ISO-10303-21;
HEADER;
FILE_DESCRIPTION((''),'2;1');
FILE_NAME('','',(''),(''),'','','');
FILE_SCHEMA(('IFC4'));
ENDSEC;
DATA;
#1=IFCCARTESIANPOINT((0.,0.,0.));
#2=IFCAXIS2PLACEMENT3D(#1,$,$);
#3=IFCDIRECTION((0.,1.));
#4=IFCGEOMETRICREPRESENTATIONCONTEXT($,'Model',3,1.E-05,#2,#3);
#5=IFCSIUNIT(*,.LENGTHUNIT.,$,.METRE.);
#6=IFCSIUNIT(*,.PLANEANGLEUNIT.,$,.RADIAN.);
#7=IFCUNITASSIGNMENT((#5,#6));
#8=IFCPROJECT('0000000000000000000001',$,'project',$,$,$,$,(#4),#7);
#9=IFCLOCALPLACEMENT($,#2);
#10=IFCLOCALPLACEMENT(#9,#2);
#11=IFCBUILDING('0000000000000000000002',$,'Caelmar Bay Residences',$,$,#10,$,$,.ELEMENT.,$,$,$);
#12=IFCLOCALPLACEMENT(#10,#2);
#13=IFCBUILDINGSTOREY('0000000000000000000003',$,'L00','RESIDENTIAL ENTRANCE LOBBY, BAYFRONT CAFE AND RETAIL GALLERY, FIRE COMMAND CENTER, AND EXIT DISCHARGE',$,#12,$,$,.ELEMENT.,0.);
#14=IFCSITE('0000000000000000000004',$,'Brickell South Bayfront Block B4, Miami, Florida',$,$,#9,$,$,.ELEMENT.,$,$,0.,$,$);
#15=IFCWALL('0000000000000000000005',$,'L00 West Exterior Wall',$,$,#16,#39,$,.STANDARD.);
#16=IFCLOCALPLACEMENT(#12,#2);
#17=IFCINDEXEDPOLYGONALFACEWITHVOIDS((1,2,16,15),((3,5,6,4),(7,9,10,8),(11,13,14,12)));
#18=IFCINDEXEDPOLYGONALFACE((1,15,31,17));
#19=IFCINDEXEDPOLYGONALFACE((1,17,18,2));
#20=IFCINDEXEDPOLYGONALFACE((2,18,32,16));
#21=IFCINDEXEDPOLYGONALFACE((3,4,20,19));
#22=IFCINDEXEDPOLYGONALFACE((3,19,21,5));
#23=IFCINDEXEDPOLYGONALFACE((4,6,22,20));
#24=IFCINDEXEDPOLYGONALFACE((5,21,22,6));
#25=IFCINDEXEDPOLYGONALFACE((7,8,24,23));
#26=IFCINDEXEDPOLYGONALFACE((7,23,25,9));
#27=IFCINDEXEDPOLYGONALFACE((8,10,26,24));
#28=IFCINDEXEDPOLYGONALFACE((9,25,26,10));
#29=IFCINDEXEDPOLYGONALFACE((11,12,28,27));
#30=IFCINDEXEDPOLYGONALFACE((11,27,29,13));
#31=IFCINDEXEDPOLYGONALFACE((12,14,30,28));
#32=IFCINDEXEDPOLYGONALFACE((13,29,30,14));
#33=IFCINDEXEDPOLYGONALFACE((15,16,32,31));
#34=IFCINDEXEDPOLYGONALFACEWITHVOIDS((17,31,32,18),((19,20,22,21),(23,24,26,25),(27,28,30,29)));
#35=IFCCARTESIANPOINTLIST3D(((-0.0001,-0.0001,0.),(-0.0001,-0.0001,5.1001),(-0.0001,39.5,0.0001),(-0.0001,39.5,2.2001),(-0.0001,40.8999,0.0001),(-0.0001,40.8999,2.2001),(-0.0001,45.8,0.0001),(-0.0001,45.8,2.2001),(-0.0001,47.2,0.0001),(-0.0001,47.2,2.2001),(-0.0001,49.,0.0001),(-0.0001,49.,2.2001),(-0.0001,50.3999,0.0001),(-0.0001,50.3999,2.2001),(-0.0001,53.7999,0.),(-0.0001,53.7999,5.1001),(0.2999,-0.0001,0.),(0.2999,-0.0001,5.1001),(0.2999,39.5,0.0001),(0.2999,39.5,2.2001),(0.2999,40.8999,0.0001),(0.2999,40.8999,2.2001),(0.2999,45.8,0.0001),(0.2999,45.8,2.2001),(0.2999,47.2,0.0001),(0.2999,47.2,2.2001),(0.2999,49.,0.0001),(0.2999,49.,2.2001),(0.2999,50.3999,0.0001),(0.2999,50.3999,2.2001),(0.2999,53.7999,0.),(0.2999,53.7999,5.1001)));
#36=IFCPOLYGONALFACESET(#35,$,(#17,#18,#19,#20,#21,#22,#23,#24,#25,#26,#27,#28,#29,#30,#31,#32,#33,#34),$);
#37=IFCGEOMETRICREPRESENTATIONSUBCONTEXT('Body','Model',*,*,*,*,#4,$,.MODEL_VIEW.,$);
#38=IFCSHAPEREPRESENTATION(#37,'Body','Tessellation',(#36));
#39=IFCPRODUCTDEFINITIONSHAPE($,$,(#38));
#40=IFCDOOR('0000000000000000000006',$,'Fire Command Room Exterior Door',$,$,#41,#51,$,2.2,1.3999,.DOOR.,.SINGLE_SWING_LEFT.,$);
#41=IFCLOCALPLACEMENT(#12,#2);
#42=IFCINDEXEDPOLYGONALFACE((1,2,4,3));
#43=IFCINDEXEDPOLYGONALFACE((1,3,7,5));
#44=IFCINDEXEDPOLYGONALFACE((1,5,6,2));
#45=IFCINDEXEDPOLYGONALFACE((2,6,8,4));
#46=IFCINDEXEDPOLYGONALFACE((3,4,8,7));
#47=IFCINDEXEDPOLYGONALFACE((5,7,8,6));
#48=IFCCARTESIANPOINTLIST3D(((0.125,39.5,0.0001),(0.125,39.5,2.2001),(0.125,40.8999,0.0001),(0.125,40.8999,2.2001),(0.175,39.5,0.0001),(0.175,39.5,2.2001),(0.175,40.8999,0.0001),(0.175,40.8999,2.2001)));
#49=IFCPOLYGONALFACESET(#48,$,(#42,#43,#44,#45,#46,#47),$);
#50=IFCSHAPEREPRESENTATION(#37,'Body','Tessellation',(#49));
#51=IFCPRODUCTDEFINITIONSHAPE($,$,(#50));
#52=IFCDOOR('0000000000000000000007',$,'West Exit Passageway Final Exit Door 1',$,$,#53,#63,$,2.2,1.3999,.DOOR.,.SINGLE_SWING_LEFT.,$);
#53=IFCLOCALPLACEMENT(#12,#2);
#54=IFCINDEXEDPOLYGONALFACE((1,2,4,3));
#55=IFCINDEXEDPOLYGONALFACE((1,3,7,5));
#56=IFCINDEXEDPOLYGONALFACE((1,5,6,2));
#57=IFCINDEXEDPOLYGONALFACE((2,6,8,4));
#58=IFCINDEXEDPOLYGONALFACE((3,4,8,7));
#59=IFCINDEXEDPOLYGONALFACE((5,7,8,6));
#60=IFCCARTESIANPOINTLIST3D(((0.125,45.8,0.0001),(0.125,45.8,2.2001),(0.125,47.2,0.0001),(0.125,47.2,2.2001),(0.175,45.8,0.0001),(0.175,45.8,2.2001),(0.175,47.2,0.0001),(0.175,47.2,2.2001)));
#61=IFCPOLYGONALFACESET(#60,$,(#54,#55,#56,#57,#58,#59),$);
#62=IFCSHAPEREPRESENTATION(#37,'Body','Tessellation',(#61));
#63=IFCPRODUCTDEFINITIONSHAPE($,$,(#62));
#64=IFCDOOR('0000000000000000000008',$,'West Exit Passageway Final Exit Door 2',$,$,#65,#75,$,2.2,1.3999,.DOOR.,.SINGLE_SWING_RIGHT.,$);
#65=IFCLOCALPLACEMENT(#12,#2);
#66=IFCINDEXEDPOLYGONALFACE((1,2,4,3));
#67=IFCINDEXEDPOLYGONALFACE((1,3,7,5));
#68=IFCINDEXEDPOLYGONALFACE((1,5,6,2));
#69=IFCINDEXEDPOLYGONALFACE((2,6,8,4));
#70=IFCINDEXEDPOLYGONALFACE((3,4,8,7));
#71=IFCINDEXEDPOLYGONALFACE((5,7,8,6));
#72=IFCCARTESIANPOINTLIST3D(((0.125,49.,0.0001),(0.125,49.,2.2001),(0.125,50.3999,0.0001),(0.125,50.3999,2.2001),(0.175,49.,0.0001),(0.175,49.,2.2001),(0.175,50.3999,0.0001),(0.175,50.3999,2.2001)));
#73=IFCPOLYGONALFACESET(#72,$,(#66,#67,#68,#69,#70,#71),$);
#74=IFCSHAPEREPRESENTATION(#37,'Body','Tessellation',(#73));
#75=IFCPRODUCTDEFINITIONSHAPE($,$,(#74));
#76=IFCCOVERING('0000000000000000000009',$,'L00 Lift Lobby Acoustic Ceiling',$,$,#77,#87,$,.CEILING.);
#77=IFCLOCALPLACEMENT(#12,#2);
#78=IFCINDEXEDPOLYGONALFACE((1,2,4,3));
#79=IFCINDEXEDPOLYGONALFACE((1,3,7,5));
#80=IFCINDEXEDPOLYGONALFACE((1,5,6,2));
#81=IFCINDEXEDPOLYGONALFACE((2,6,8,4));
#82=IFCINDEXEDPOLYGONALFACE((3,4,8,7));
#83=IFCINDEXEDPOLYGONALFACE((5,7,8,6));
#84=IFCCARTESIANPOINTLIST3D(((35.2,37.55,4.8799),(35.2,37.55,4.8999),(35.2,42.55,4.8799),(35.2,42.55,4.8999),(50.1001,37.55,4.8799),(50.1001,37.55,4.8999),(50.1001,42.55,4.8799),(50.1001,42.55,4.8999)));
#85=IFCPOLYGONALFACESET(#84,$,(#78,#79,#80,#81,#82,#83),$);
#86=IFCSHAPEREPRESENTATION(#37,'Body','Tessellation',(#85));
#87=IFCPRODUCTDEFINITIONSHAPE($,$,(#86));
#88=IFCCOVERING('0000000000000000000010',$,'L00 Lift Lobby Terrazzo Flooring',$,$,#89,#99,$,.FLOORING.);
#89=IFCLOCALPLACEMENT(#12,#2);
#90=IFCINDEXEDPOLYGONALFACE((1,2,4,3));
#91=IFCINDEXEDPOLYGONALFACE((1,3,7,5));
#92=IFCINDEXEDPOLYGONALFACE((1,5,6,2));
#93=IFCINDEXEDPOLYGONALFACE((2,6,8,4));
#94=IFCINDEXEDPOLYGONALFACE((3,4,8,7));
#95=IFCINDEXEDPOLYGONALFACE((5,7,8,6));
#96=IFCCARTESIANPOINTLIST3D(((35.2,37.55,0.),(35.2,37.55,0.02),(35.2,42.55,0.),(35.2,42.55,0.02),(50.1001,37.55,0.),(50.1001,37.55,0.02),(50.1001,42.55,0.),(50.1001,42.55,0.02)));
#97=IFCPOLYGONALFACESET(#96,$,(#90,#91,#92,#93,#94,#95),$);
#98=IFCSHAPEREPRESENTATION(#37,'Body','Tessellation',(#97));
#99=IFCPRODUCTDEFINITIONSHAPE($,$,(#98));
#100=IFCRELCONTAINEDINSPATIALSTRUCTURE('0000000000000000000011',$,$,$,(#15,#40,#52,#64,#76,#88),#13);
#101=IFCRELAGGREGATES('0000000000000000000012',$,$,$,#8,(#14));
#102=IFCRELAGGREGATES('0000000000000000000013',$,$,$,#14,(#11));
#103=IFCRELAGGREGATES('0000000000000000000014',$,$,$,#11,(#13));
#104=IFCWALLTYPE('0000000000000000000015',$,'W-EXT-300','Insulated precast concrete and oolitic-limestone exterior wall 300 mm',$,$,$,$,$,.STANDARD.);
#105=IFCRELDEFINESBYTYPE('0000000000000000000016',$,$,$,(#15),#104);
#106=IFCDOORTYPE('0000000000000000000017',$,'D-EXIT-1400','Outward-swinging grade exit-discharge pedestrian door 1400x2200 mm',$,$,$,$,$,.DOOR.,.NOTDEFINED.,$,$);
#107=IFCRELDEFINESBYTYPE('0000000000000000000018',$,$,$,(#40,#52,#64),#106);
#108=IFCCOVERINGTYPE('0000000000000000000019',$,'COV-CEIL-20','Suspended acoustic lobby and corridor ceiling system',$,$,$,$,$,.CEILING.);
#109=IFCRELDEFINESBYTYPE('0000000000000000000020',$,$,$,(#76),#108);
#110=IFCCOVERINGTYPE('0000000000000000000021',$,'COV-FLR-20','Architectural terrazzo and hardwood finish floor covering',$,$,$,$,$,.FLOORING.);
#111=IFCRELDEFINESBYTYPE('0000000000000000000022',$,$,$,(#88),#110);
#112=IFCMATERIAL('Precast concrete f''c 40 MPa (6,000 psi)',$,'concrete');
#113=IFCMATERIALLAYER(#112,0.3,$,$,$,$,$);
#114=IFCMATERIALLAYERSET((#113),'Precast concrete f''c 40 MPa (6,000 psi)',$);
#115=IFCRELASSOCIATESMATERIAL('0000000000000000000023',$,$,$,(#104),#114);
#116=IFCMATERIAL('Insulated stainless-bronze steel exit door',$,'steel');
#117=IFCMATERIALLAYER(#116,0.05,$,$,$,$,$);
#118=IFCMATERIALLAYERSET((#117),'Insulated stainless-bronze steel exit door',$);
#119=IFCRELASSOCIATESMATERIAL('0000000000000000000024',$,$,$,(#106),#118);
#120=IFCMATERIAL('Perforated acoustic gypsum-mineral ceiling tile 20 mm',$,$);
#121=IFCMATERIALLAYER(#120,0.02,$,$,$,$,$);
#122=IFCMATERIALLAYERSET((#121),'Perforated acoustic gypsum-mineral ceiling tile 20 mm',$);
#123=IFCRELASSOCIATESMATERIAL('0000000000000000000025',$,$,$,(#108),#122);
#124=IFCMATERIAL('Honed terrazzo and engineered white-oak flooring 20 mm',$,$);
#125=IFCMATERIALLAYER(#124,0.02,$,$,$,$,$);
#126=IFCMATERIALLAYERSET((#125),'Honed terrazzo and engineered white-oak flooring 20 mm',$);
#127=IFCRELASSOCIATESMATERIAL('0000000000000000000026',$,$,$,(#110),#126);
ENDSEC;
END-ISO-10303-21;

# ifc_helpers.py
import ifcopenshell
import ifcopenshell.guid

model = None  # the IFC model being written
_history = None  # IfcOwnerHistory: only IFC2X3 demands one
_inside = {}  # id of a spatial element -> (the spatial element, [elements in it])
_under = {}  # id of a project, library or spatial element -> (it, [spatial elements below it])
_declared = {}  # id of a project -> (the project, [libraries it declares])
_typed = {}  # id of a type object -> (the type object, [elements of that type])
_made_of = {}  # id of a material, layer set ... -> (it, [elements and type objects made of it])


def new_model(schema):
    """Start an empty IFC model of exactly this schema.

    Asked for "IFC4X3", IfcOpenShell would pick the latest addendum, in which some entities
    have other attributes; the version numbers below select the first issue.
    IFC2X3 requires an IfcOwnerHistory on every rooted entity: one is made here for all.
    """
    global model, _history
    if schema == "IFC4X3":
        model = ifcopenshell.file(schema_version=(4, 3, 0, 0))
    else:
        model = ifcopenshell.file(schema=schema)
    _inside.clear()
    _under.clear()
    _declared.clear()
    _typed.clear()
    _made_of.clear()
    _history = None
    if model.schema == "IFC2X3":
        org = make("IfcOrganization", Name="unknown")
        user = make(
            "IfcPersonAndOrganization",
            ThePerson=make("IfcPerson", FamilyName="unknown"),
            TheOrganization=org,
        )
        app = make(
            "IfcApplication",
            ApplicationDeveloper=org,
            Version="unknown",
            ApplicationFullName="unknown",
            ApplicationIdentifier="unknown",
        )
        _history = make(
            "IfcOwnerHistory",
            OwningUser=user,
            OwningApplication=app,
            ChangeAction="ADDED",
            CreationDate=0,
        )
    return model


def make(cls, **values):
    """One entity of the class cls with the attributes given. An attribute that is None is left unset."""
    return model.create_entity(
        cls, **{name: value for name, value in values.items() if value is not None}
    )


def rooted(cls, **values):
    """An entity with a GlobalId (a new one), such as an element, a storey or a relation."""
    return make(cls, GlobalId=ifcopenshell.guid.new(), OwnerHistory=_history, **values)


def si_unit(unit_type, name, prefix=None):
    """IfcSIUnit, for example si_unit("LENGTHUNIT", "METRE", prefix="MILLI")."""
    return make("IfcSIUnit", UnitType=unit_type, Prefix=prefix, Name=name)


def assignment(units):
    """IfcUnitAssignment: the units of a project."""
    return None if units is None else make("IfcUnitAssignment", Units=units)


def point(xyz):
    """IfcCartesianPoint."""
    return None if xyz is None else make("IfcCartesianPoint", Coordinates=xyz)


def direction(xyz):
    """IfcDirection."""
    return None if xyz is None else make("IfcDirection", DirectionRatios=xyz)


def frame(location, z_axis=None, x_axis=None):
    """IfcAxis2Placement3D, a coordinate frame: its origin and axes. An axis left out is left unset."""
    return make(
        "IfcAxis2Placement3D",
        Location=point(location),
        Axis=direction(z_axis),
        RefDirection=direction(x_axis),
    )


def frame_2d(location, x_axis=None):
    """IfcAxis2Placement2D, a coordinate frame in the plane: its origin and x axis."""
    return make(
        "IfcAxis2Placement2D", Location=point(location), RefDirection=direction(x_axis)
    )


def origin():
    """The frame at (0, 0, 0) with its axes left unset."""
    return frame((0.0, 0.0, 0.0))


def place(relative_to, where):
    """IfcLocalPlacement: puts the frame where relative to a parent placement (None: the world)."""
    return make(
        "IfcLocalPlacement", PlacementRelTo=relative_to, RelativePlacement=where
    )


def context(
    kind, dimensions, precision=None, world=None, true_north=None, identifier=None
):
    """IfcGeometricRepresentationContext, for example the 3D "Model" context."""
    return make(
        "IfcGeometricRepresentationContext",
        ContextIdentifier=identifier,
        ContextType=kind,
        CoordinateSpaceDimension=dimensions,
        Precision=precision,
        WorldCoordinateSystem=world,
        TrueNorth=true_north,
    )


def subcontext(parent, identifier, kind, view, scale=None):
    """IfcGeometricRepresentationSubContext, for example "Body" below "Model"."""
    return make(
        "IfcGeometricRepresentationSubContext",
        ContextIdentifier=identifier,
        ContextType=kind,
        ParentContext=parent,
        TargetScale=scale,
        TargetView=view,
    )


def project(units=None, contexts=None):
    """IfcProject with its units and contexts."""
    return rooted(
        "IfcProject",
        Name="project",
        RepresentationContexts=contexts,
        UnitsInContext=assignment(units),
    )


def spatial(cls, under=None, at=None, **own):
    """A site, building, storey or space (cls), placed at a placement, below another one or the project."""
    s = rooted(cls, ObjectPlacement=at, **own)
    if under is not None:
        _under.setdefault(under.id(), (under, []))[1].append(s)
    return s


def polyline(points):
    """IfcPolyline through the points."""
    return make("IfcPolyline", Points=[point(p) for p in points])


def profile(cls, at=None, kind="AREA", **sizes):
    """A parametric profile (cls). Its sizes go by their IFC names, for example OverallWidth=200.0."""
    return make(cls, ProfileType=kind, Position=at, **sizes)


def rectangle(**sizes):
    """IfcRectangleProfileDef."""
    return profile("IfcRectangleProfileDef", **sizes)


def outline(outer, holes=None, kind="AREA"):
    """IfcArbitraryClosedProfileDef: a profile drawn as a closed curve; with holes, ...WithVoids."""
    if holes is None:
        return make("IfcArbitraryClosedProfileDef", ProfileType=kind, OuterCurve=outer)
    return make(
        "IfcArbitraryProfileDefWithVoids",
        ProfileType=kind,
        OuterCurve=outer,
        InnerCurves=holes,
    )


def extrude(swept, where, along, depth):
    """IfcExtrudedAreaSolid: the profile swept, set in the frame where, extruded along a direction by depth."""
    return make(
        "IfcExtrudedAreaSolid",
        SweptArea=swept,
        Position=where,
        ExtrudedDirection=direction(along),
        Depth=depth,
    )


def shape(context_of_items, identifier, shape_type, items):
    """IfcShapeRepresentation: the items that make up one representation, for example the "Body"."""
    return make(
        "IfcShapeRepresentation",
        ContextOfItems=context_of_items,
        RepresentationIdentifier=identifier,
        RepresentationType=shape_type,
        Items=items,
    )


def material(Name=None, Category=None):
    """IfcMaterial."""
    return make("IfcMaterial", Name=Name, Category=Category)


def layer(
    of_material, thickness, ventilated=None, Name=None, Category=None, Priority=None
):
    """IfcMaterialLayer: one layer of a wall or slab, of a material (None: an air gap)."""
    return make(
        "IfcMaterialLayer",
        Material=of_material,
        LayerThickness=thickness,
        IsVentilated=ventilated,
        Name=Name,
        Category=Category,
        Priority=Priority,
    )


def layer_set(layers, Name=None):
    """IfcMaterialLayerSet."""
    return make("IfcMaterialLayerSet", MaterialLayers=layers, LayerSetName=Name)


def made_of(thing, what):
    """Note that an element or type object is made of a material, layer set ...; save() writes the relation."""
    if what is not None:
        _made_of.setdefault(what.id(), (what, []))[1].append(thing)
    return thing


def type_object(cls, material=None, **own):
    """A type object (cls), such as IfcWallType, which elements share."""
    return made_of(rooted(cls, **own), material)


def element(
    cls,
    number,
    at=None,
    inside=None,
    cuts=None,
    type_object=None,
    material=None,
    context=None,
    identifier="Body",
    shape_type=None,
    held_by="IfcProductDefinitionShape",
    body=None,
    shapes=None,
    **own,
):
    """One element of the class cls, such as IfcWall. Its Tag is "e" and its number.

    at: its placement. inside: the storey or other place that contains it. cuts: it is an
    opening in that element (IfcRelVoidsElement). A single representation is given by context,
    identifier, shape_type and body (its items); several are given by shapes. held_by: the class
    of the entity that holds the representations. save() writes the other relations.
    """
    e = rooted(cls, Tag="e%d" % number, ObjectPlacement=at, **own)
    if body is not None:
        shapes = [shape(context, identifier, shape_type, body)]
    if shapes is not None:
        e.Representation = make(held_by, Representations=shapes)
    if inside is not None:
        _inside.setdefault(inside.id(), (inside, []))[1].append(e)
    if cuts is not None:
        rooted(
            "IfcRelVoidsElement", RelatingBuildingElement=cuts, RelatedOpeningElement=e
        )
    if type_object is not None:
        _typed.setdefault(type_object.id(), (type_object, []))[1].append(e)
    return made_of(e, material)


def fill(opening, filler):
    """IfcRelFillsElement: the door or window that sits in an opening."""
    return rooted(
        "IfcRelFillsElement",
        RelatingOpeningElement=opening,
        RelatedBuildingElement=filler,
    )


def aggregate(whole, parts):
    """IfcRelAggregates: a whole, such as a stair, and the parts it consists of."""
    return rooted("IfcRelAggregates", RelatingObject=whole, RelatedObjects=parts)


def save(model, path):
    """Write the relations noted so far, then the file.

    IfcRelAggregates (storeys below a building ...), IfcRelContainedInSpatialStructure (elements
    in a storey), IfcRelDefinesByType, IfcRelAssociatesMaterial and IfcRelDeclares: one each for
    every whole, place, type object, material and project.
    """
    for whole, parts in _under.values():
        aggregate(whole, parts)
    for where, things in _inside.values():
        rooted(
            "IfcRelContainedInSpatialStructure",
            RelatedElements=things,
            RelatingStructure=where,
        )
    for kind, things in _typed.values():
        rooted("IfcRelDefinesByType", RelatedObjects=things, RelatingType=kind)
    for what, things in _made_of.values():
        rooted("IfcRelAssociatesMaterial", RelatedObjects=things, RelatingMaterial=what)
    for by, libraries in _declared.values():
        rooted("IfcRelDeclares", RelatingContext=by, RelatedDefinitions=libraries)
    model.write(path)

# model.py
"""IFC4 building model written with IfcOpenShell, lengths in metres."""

from ifc_helpers import new_model, si_unit, direction, frame, frame_2d, origin, place, context, subcontext, project, spatial, polyline, rectangle, outline, extrude, material, layer, layer_set, type_object, element, fill, save


model = new_model("IFC4")

# Units and contexts
model_context = context("Model", 3, precision=1e-05, world=origin(), true_north=direction((0.0, 1.0)))
body_context = subcontext(model_context, "Body", "Model", "MODEL_VIEW")
ifc_project = project(units=[si_unit("LENGTHUNIT", "METRE"), si_unit("PLANEANGLEUNIT", "RADIAN")], contexts=[model_context])

# Site, building, storey
site_placement = place(None, origin())
site = spatial("IfcSite", under=ifc_project, at=site_placement, Name="Brickell South Bayfront Block B4, Miami, Florida", CompositionType="ELEMENT", RefElevation=0.0)
building_placement = place(site_placement, origin())
building = spatial("IfcBuilding", under=site, at=building_placement, Name="Caelmar Bay Residences", CompositionType="ELEMENT")
storey_placement = place(building_placement, origin())
storey = spatial("IfcBuildingStorey", under=building, at=storey_placement, Name="L00", Description="RESIDENTIAL ENTRANCE LOBBY, BAYFRONT CAFE AND RETAIL GALLERY, FIRE COMMAND CENTER, AND EXIT DISCHARGE", CompositionType="ELEMENT", Elevation=0.0)

# Wall, openings, doors
ifc_material_1 = material(Name="Precast concrete f'c 40 MPa (6,000 psi)", Category="concrete")
ifc_layer_1 = layer(ifc_material_1, 0.3)
ifc_layer_set_1 = layer_set([ifc_layer_1], Name="Precast concrete f'c 40 MPa (6,000 psi)")
wall_type_1 = type_object("IfcWallType", Name="W-EXT-300", Description="Insulated precast concrete and oolitic-limestone exterior wall 300 mm", PredefinedType="STANDARD", material=ifc_layer_set_1)
wall_1_placement = place(storey_placement, frame((0.1499, 0.0, 0.0), z_axis=(0.0, 0.0, 1.0), x_axis=(0.0, 1.0, 0.0)))
wall_1 = element("IfcWall", 1, at=wall_1_placement, inside=storey, type_object=wall_type_1, Name="L00 West Exterior Wall", PredefinedType="STANDARD", context=body_context, shape_type="SweptSolid", body=[
    extrude(rectangle(XDim=53.8, YDim=0.3, at=frame_2d((26.8999, 0.0))), origin(), (0.0, 0.0, 1.0), 5.1001),
])
opening_1_placement = place(wall_1_placement, frame((39.5, 0.0, 0.0)))
opening_1 = element("IfcOpeningElement", 2, at=opening_1_placement, cuts=wall_1, PredefinedType="OPENING", context=body_context, shape_type="SweptSolid", body=[
    extrude(rectangle(XDim=1.3999, YDim=2.2, at=frame_2d((0.7, 1.1001))), frame((0.0, 0.1599, 0.0), z_axis=(0.0, -1.0, 0.0), x_axis=(1.0, 0.0, 0.0)), (0.0, 0.0, 1.0), 0.3201),
])
opening_2_placement = place(wall_1_placement, frame((45.8, 0.0, 0.0)))
opening_2 = element("IfcOpeningElement", 3, at=opening_2_placement, cuts=wall_1, PredefinedType="OPENING", context=body_context, shape_type="SweptSolid", body=[
    extrude(rectangle(XDim=1.3999, YDim=2.2, at=frame_2d((0.7, 1.1001))), frame((0.0, 0.1599, 0.0), z_axis=(0.0, -1.0, 0.0), x_axis=(1.0, 0.0, 0.0)), (0.0, 0.0, 1.0), 0.3201),
])
opening_3_placement = place(wall_1_placement, frame((49.0, 0.0, 0.0)))
opening_3 = element("IfcOpeningElement", 4, at=opening_3_placement, cuts=wall_1, PredefinedType="OPENING", context=body_context, shape_type="SweptSolid", body=[
    extrude(rectangle(XDim=1.3999, YDim=2.2, at=frame_2d((0.7, 1.1001))), frame((0.0, 0.1599, 0.0), z_axis=(0.0, -1.0, 0.0), x_axis=(1.0, 0.0, 0.0)), (0.0, 0.0, 1.0), 0.3201),
])
ifc_material_2 = material(Name="Insulated stainless-bronze steel exit door", Category="steel")
ifc_layer_2 = layer(ifc_material_2, 0.05)
ifc_layer_set_2 = layer_set([ifc_layer_2], Name="Insulated stainless-bronze steel exit door")
door_type_1 = type_object("IfcDoorType", Name="D-EXIT-1400", Description="Outward-swinging grade exit-discharge pedestrian door 1400x2200 mm", OperationType="NOTDEFINED", PredefinedType="DOOR", material=ifc_layer_set_2)
door_1_placement = place(opening_1_placement, origin())
door_1 = element("IfcDoor", 5, at=door_1_placement, inside=storey, type_object=door_type_1, Name="Fire Command Room Exterior Door", OperationType="SINGLE_SWING_LEFT", OverallHeight=2.2, OverallWidth=1.3999, PredefinedType="DOOR", context=body_context, shape_type="SweptSolid", body=[
    extrude(rectangle(XDim=1.3999, YDim=2.2, at=frame_2d((0.7, 1.1001))), frame((0.0, 0.0249, 0.0), z_axis=(0.0, -1.0, 0.0), x_axis=(1.0, 0.0, 0.0)), (0.0, 0.0, 1.0), 0.05),
])
fill(opening_1, door_1)
door_2_placement = place(opening_2_placement, origin())
door_2 = element("IfcDoor", 6, at=door_2_placement, inside=storey, type_object=door_type_1, Name="West Exit Passageway Final Exit Door 1", OperationType="SINGLE_SWING_LEFT", OverallHeight=2.2, OverallWidth=1.3999, PredefinedType="DOOR", context=body_context, shape_type="SweptSolid", body=[
    extrude(rectangle(XDim=1.3999, YDim=2.2, at=frame_2d((0.7, 1.1001))), frame((0.0, 0.0249, 0.0), z_axis=(0.0, -1.0, 0.0), x_axis=(1.0, 0.0, 0.0)), (0.0, 0.0, 1.0), 0.05),
])
fill(opening_2, door_2)
door_3_placement = place(opening_3_placement, origin())
door_3 = element("IfcDoor", 7, at=door_3_placement, inside=storey, type_object=door_type_1, Name="West Exit Passageway Final Exit Door 2", OperationType="SINGLE_SWING_RIGHT", OverallHeight=2.2, OverallWidth=1.3999, PredefinedType="DOOR", context=body_context, shape_type="SweptSolid", body=[
    extrude(rectangle(XDim=1.3999, YDim=2.2, at=frame_2d((0.7, 1.1001))), frame((0.0, 0.0249, 0.0), z_axis=(0.0, -1.0, 0.0), x_axis=(1.0, 0.0, 0.0)), (0.0, 0.0, 1.0), 0.05),
])
fill(opening_3, door_3)

# Coverings
ifc_material_3 = material(Name="Perforated acoustic gypsum-mineral ceiling tile 20 mm")
ifc_layer_3 = layer(ifc_material_3, 0.02)
ifc_layer_set_3 = layer_set([ifc_layer_3], Name="Perforated acoustic gypsum-mineral ceiling tile 20 mm")
covering_type_1 = type_object("IfcCoveringType", Name="COV-CEIL-20", Description="Suspended acoustic lobby and corridor ceiling system", PredefinedType="CEILING", material=ifc_layer_set_3)
covering_1_placement = place(storey_placement, frame((0.0, 0.0, 4.8799)))
element("IfcCovering", 8, at=covering_1_placement, inside=storey, type_object=covering_type_1, Name="L00 Lift Lobby Acoustic Ceiling", PredefinedType="CEILING", context=body_context, shape_type="SweptSolid", body=[
    extrude(outline(polyline([(35.2, 37.55), (50.1001, 37.55), (50.1001, 42.55), (35.2, 42.55), (35.2, 37.55)])), origin(), (0.0, 0.0, 1.0), 0.02),
])
ifc_material_4 = material(Name="Honed terrazzo and engineered white-oak flooring 20 mm")
ifc_layer_4 = layer(ifc_material_4, 0.02)
ifc_layer_set_4 = layer_set([ifc_layer_4], Name="Honed terrazzo and engineered white-oak flooring 20 mm")
covering_type_2 = type_object("IfcCoveringType", Name="COV-FLR-20", Description="Architectural terrazzo and hardwood finish floor covering", PredefinedType="FLOORING", material=ifc_layer_set_4)
covering_2_placement = place(storey_placement, origin())
element("IfcCovering", 9, at=covering_2_placement, inside=storey, type_object=covering_type_2, Name="L00 Lift Lobby Terrazzo Flooring", PredefinedType="FLOORING", context=body_context, shape_type="SweptSolid", body=[
    extrude(outline(polyline([(35.2, 37.55), (50.1001, 37.55), (50.1001, 42.55), (35.2, 42.55), (35.2, 37.55)])), origin(), (0.0, 0.0, 1.0), 0.02),
])

save(model, "model.ifc")
